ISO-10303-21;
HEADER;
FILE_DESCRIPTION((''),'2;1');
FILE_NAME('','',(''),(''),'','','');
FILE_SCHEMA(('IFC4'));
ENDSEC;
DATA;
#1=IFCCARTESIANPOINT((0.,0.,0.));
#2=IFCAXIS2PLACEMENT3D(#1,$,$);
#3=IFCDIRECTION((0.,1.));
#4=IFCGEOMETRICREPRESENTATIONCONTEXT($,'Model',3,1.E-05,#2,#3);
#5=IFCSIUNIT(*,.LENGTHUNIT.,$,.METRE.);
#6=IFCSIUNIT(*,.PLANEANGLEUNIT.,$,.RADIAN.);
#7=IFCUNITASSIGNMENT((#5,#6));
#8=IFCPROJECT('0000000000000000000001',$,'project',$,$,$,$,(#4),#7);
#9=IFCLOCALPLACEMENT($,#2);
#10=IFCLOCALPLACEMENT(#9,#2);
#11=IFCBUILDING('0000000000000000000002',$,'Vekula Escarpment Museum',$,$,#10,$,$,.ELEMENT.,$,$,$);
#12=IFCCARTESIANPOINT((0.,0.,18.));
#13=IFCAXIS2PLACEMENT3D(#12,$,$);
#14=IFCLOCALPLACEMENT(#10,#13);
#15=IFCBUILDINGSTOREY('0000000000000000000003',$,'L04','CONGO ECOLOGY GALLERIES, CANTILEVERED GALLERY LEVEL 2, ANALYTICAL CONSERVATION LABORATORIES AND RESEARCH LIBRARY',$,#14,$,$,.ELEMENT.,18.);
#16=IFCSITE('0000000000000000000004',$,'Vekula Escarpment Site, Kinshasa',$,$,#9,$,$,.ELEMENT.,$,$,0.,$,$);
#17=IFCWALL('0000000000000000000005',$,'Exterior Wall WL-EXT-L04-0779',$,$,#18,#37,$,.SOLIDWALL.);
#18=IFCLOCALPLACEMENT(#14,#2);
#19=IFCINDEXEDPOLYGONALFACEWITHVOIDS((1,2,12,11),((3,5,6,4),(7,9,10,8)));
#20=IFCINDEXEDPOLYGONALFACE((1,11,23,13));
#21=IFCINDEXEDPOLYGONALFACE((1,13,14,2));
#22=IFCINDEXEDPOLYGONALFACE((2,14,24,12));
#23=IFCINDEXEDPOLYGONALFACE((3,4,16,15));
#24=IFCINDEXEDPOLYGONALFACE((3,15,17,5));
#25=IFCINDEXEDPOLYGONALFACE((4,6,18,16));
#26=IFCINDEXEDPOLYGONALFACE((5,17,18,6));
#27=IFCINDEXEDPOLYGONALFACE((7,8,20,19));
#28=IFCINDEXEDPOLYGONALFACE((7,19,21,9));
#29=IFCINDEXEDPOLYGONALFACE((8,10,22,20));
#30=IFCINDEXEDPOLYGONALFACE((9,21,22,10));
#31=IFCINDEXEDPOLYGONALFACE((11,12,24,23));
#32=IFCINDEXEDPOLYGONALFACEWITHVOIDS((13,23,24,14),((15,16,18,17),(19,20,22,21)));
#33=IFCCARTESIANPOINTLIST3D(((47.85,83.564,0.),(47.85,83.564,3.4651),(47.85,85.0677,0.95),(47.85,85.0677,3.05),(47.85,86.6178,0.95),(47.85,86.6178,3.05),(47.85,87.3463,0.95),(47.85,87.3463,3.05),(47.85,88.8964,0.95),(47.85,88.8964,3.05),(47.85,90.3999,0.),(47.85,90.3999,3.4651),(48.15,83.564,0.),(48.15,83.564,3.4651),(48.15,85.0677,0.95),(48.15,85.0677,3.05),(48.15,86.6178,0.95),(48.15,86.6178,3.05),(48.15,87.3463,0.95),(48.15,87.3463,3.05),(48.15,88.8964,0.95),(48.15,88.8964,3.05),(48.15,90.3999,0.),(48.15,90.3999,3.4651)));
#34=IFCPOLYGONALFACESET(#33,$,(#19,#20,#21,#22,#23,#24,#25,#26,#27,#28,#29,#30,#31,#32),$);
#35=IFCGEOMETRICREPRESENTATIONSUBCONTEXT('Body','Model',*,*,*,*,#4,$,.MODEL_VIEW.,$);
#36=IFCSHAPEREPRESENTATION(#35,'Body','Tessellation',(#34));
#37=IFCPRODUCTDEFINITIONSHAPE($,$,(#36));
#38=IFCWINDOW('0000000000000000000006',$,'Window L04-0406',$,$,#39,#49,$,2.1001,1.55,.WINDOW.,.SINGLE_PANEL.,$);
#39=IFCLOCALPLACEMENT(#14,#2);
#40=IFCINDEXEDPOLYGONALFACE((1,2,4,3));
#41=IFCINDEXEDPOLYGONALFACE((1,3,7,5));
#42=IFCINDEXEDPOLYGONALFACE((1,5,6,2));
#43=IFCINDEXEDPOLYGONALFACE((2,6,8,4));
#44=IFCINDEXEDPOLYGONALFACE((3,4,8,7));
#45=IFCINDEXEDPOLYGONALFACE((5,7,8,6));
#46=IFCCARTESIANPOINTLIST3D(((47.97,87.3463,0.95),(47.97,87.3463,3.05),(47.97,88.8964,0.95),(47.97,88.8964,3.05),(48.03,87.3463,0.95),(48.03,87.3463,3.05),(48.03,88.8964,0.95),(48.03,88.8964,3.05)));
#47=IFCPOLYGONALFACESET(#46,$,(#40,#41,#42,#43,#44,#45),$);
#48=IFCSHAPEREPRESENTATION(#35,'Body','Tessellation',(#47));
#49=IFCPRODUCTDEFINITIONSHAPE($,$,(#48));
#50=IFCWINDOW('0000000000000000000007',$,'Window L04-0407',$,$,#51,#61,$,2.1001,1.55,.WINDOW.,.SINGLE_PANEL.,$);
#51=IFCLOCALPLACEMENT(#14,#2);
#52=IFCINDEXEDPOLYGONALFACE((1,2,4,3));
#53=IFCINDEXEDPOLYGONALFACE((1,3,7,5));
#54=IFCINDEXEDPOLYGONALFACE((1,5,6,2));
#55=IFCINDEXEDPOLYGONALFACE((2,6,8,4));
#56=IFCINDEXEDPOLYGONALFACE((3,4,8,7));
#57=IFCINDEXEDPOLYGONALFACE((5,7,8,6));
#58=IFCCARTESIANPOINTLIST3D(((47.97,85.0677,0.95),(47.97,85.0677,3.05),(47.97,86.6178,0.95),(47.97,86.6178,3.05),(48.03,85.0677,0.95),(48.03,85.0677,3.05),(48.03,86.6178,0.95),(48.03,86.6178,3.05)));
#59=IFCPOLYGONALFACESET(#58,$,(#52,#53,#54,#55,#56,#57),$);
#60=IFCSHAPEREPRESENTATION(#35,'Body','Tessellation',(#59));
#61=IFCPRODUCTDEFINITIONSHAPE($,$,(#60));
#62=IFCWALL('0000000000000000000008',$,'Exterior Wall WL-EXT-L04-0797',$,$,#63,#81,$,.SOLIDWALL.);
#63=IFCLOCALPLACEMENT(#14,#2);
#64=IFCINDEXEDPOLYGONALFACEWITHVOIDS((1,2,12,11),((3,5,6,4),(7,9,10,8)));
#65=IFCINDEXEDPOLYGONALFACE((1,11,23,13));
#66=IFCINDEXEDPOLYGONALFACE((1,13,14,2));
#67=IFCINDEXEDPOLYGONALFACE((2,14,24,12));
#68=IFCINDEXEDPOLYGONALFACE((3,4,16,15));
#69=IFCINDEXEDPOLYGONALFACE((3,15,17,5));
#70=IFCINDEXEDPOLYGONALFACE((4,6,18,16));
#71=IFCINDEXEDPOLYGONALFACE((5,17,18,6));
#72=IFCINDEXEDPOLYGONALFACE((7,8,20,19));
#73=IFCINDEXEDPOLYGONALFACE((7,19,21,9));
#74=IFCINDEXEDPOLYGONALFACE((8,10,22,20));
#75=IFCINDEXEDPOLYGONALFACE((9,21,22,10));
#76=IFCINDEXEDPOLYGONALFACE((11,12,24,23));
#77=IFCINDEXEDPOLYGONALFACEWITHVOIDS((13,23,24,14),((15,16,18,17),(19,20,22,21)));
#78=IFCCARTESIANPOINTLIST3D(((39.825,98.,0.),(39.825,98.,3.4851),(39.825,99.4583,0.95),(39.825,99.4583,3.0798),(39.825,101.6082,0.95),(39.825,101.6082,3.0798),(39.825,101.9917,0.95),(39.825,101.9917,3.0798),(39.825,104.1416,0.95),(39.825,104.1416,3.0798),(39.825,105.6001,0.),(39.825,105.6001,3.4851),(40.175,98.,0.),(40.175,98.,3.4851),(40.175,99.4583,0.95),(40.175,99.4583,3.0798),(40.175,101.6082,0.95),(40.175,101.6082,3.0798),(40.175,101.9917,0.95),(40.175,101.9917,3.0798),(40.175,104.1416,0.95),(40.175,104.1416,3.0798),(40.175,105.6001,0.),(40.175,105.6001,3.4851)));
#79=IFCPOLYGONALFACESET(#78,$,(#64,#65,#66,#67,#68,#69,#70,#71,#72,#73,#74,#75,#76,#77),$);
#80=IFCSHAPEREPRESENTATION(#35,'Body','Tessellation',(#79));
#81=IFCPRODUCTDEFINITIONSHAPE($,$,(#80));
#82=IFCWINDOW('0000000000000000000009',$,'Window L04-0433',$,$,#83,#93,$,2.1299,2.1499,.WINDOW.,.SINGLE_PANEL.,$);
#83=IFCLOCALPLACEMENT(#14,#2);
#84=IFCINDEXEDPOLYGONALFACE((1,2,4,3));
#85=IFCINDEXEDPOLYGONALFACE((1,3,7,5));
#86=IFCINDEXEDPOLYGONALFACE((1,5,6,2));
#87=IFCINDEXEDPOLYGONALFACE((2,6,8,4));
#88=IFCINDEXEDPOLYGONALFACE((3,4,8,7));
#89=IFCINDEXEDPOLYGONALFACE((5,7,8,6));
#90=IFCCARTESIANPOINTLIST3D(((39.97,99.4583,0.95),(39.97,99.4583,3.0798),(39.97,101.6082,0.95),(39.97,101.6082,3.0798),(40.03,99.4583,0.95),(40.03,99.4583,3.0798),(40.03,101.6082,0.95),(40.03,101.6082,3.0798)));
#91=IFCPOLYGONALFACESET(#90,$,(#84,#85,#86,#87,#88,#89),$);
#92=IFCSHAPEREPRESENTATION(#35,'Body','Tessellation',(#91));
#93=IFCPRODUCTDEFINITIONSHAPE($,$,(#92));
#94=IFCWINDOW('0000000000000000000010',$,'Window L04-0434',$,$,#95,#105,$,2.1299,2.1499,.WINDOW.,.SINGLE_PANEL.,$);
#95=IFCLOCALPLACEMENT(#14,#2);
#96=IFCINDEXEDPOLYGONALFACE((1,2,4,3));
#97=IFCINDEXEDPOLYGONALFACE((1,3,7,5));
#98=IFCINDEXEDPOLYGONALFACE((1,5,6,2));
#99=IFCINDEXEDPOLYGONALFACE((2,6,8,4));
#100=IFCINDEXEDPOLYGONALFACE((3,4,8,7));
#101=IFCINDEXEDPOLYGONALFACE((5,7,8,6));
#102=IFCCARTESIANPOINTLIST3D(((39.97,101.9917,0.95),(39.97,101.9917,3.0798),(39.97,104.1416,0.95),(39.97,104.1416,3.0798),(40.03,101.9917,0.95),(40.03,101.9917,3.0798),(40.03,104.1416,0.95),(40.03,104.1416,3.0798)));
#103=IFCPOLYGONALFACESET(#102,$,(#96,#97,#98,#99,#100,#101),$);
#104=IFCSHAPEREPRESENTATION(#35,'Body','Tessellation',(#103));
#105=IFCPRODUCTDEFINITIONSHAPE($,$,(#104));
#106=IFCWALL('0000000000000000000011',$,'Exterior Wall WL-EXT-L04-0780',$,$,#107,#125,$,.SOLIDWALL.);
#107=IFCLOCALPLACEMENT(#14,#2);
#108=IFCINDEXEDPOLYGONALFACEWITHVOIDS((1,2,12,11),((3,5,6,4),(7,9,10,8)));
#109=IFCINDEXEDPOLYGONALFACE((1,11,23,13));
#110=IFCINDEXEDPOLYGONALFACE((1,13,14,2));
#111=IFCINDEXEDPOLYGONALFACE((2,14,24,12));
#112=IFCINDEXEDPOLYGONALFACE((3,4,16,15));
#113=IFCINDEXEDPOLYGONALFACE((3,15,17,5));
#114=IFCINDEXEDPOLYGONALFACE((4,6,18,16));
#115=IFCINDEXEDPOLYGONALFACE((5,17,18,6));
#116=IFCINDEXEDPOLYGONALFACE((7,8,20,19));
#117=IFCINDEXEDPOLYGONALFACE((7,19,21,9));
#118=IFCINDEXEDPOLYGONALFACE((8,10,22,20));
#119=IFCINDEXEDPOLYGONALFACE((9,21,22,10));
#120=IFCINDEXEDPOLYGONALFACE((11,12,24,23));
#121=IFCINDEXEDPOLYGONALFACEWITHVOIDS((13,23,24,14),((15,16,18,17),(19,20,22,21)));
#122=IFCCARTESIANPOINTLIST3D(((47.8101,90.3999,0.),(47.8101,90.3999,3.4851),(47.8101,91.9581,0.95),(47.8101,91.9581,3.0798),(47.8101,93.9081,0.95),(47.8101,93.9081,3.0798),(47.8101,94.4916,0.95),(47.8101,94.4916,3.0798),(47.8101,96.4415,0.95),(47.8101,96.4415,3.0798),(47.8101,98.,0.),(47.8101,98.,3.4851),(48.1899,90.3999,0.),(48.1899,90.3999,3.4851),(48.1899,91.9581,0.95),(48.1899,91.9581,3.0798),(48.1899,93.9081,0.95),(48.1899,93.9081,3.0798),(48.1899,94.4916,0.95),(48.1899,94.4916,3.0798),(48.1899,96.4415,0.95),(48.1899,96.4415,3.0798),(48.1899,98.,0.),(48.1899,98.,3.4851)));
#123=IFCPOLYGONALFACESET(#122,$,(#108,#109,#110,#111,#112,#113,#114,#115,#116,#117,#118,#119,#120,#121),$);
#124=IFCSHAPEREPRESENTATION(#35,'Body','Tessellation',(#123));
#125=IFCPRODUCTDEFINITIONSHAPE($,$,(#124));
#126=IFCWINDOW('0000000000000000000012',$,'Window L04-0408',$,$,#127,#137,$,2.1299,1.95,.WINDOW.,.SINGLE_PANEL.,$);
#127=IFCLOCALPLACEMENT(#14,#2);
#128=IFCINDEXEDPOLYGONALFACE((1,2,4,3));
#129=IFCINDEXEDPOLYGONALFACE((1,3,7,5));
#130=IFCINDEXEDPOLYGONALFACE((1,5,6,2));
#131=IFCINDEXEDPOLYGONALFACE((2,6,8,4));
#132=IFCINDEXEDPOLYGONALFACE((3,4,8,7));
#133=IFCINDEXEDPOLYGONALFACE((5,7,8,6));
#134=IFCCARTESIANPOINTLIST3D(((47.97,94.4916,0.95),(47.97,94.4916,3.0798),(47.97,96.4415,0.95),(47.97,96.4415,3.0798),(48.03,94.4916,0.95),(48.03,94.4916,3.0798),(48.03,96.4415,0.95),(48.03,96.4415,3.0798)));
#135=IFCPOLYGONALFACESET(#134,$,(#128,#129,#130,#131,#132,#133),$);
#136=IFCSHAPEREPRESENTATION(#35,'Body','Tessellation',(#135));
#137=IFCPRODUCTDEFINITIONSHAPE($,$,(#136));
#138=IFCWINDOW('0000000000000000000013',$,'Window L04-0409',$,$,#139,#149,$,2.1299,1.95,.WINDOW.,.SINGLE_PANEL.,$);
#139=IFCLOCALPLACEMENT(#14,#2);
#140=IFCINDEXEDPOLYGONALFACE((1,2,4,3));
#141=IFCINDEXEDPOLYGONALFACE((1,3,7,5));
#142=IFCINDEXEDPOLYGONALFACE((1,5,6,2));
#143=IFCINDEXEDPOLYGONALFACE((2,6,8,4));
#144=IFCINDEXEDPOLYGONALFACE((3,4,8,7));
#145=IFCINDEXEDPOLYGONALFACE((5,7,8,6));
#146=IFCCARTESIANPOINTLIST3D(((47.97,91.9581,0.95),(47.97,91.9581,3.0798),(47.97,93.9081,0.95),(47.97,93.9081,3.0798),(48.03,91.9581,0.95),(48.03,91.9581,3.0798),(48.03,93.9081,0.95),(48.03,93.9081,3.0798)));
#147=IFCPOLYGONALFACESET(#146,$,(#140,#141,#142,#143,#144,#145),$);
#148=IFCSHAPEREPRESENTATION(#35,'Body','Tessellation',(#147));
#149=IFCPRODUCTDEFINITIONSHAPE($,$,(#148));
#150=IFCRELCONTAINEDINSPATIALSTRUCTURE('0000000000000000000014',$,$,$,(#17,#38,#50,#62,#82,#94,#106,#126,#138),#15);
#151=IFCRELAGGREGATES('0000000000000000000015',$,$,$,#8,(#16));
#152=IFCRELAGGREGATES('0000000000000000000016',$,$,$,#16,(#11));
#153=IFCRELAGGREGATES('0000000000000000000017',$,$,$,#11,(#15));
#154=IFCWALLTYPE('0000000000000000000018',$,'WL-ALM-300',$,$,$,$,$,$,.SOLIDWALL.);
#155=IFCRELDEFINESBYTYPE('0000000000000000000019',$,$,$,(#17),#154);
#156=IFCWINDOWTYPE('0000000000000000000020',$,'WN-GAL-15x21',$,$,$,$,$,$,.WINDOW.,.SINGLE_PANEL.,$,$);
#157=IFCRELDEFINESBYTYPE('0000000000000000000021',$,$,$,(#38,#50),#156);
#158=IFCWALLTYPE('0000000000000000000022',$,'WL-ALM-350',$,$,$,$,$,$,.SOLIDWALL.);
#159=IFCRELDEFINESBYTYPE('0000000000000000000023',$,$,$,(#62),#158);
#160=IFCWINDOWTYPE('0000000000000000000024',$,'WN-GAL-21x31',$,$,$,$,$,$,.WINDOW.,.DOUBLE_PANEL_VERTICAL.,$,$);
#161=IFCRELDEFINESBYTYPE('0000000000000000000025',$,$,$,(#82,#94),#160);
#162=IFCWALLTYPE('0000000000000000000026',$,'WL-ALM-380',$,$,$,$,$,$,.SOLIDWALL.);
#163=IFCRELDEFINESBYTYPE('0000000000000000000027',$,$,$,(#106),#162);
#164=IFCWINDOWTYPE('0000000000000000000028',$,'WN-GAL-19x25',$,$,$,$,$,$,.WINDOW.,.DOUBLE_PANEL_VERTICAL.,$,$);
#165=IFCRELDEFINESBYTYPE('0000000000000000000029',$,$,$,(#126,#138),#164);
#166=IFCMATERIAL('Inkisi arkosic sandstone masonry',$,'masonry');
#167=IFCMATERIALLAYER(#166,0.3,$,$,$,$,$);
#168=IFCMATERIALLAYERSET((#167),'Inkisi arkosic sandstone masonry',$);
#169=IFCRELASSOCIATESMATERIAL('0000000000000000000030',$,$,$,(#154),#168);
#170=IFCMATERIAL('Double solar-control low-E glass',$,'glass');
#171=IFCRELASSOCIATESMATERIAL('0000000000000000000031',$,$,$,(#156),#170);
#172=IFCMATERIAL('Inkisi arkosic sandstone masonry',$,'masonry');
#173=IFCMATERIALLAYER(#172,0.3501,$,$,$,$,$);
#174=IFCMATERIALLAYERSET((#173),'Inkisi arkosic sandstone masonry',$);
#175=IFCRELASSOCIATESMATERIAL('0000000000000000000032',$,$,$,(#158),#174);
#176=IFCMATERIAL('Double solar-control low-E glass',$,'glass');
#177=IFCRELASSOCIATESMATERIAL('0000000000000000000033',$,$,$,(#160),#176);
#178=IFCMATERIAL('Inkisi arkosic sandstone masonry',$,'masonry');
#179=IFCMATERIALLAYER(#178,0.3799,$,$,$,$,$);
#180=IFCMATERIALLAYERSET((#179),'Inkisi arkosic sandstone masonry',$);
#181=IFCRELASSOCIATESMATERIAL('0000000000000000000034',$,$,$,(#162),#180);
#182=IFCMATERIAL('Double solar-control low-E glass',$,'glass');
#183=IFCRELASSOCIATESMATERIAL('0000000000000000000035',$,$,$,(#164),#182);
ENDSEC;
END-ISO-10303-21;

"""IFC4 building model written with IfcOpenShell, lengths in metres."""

from ifc_helpers import new_model, si_unit, direction, frame, frame_2d, origin, place, context, subcontext, project, spatial, rectangle, extrude, material, layer, layer_set, type_object, element, fill, save


model = new_model("IFC4")

# Units and contexts
model_context = context("Model", 3, precision=1e-05, world=origin(), true_north=direction((0.0, 1.0)))
body_context = subcontext(model_context, "Body", "Model", "MODEL_VIEW")
ifc_project = project(units=[si_unit("LENGTHUNIT", "METRE"), si_unit("PLANEANGLEUNIT", "RADIAN")], contexts=[model_context])

# Site, building, storey
site_placement = place(None, origin())
site = spatial("IfcSite", under=ifc_project, at=site_placement, Name="Vekula Escarpment Site, Kinshasa", CompositionType="ELEMENT", RefElevation=0.0)
building_placement = place(site_placement, origin())
building = spatial("IfcBuilding", under=site, at=building_placement, Name="Vekula Escarpment Museum", CompositionType="ELEMENT")
storey_placement = place(building_placement, frame((0.0, 0.0, 18.0)))
storey = spatial("IfcBuildingStorey", under=building, at=storey_placement, Name="L04", Description="CONGO ECOLOGY GALLERIES, CANTILEVERED GALLERY LEVEL 2, ANALYTICAL CONSERVATION LABORATORIES AND RESEARCH LIBRARY", CompositionType="ELEMENT", Elevation=18.0)

# Walls, openings, windows
ifc_material_1 = material(Name="Inkisi arkosic sandstone masonry", Category="masonry")
ifc_layer_1 = layer(ifc_material_1, 0.3)
ifc_layer_set_1 = layer_set([ifc_layer_1], Name="Inkisi arkosic sandstone masonry")
wall_type_1 = type_object("IfcWallType", Name="WL-ALM-300", PredefinedType="SOLIDWALL", material=ifc_layer_set_1)
wall_1_placement = place(storey_placement, frame((48.0, 90.3999, 0.0), z_axis=(0.0, 0.0, 1.0), x_axis=(0.0, -1.0, 0.0)))
wall_1 = element("IfcWall", 1, at=wall_1_placement, inside=storey, type_object=wall_type_1, Name="Exterior Wall WL-EXT-L04-0779", PredefinedType="SOLIDWALL", context=body_context, shape_type="SweptSolid", body=[
    extrude(rectangle(XDim=6.8359, YDim=0.3, at=frame_2d((3.418, 0.0))), origin(), (0.0, 0.0, 1.0), 3.4651),
])
opening_1_placement = place(wall_1_placement, frame((1.5037, 0.0, 0.95)))
opening_1 = element("IfcOpeningElement", 2, at=opening_1_placement, cuts=wall_1, PredefinedType="OPENING", context=body_context, shape_type="SweptSolid", body=[
    extrude(rectangle(XDim=1.55, YDim=2.1001, at=frame_2d((0.7749, 1.05))), frame((0.0, 0.1599, 0.0), z_axis=(0.0, -1.0, 0.0), x_axis=(1.0, 0.0, 0.0)), (0.0, 0.0, 1.0), 0.3201),
])
opening_2_placement = place(wall_1_placement, frame((3.7822, 0.0, 0.95)))
opening_2 = element("IfcOpeningElement", 3, at=opening_2_placement, cuts=wall_1, PredefinedType="OPENING", context=body_context, shape_type="SweptSolid", body=[
    extrude(rectangle(XDim=1.55, YDim=2.1001, at=frame_2d((0.7749, 1.05))), frame((0.0, 0.1599, 0.0), z_axis=(0.0, -1.0, 0.0), x_axis=(1.0, 0.0, 0.0)), (0.0, 0.0, 1.0), 0.3201),
])
ifc_material_2 = material(Name="Double solar-control low-E glass", Category="glass")
window_type_1 = type_object("IfcWindowType", Name="WN-GAL-15x21", PartitioningType="SINGLE_PANEL", PredefinedType="WINDOW", material=ifc_material_2)
window_1_placement = place(opening_1_placement, origin())
window_1 = element("IfcWindow", 4, at=window_1_placement, inside=storey, type_object=window_type_1, Name="Window L04-0406", OverallHeight=2.1001, OverallWidth=1.55, PartitioningType="SINGLE_PANEL", PredefinedType="WINDOW", context=body_context, shape_type="SweptSolid", body=[
    extrude(rectangle(XDim=1.55, YDim=2.1001, at=frame_2d((0.7749, 1.05))), frame((0.0, 0.03, 0.0), z_axis=(0.0, -1.0, 0.0), x_axis=(1.0, 0.0, 0.0)), (0.0, 0.0, 1.0), 0.0601),
])
fill(opening_1, window_1)
window_2_placement = place(opening_2_placement, origin())
window_2 = element("IfcWindow", 5, at=window_2_placement, inside=storey, type_object=window_type_1, Name="Window L04-0407", OverallHeight=2.1001, OverallWidth=1.55, PartitioningType="SINGLE_PANEL", PredefinedType="WINDOW", context=body_context, shape_type="SweptSolid", body=[
    extrude(rectangle(XDim=1.55, YDim=2.1001, at=frame_2d((0.7749, 1.05))), frame((0.0, 0.03, 0.0), z_axis=(0.0, -1.0, 0.0), x_axis=(1.0, 0.0, 0.0)), (0.0, 0.0, 1.0), 0.0601),
])
fill(opening_2, window_2)
ifc_material_3 = material(Name="Inkisi arkosic sandstone masonry", Category="masonry")
ifc_layer_2 = layer(ifc_material_3, 0.3501)
ifc_layer_set_2 = layer_set([ifc_layer_2], Name="Inkisi arkosic sandstone masonry")
wall_type_2 = type_object("IfcWallType", Name="WL-ALM-350", PredefinedType="SOLIDWALL", material=ifc_layer_set_2)
wall_2_placement = place(storey_placement, frame((40.0, 98.0, 0.0), z_axis=(0.0, 0.0, 1.0), x_axis=(0.0, 1.0, 0.0)))
wall_2 = element("IfcWall", 6, at=wall_2_placement, inside=storey, type_object=wall_type_2, Name="Exterior Wall WL-EXT-L04-0797", PredefinedType="SOLIDWALL", context=body_context, shape_type="SweptSolid", body=[
    extrude(rectangle(XDim=7.6001, YDim=0.3501, at=frame_2d((3.8, 0.0))), origin(), (0.0, 0.0, 1.0), 3.4851),
])
opening_3_placement = place(wall_2_placement, frame((1.4583, 0.0, 0.95)))
opening_3 = element("IfcOpeningElement", 7, at=opening_3_placement, cuts=wall_2, PredefinedType="OPENING", context=body_context, shape_type="SweptSolid", body=[
    extrude(rectangle(XDim=2.1499, YDim=2.1299, at=frame_2d((1.075, 1.0649))), frame((0.0, 0.1851, 0.0), z_axis=(0.0, -1.0, 0.0), x_axis=(1.0, 0.0, 0.0)), (0.0, 0.0, 1.0), 0.3701),
])
opening_4_placement = place(wall_2_placement, frame((3.9917, 0.0, 0.95)))
opening_4 = element("IfcOpeningElement", 8, at=opening_4_placement, cuts=wall_2, PredefinedType="OPENING", context=body_context, shape_type="SweptSolid", body=[
    extrude(rectangle(XDim=2.1499, YDim=2.1299, at=frame_2d((1.075, 1.0649))), frame((0.0, 0.1851, 0.0), z_axis=(0.0, -1.0, 0.0), x_axis=(1.0, 0.0, 0.0)), (0.0, 0.0, 1.0), 0.3701),
])
ifc_material_4 = material(Name="Double solar-control low-E glass", Category="glass")
window_type_2 = type_object("IfcWindowType", Name="WN-GAL-21x31", PartitioningType="DOUBLE_PANEL_VERTICAL", PredefinedType="WINDOW", material=ifc_material_4)
window_3_placement = place(opening_3_placement, origin())
window_3 = element("IfcWindow", 9, at=window_3_placement, inside=storey, type_object=window_type_2, Name="Window L04-0433", OverallHeight=2.1299, OverallWidth=2.1499, PartitioningType="SINGLE_PANEL", PredefinedType="WINDOW", context=body_context, shape_type="SweptSolid", body=[
    extrude(rectangle(XDim=2.1499, YDim=2.1299, at=frame_2d((1.075, 1.0649))), frame((0.0, 0.03, 0.0), z_axis=(0.0, -1.0, 0.0), x_axis=(1.0, 0.0, 0.0)), (0.0, 0.0, 1.0), 0.0601),
])
fill(opening_3, window_3)
window_4_placement = place(opening_4_placement, origin())
window_4 = element("IfcWindow", 10, at=window_4_placement, inside=storey, type_object=window_type_2, Name="Window L04-0434", OverallHeight=2.1299, OverallWidth=2.1499, PartitioningType="SINGLE_PANEL", PredefinedType="WINDOW", context=body_context, shape_type="SweptSolid", body=[
    extrude(rectangle(XDim=2.1499, YDim=2.1299, at=frame_2d((1.075, 1.0649))), frame((0.0, 0.03, 0.0), z_axis=(0.0, -1.0, 0.0), x_axis=(1.0, 0.0, 0.0)), (0.0, 0.0, 1.0), 0.0601),
])
fill(opening_4, window_4)
ifc_material_5 = material(Name="Inkisi arkosic sandstone masonry", Category="masonry")
ifc_layer_3 = layer(ifc_material_5, 0.3799)
ifc_layer_set_3 = layer_set([ifc_layer_3], Name="Inkisi arkosic sandstone masonry")
wall_type_3 = type_object("IfcWallType", Name="WL-ALM-380", PredefinedType="SOLIDWALL", material=ifc_layer_set_3)
wall_3_placement = place(storey_placement, frame((48.0, 98.0, 0.0), z_axis=(0.0, 0.0, 1.0), x_axis=(0.0, -1.0, 0.0)))
wall_3 = element("IfcWall", 11, at=wall_3_placement, inside=storey, type_object=wall_type_3, Name="Exterior Wall WL-EXT-L04-0780", PredefinedType="SOLIDWALL", context=body_context, shape_type="SweptSolid", body=[
    extrude(rectangle(XDim=7.6001, YDim=0.3799, at=frame_2d((3.8, 0.0))), origin(), (0.0, 0.0, 1.0), 3.4851),
])
opening_5_placement = place(wall_3_placement, frame((1.5583, 0.0, 0.95)))
opening_5 = element("IfcOpeningElement", 12, at=opening_5_placement, cuts=wall_3, PredefinedType="OPENING", context=body_context, shape_type="SweptSolid", body=[
    extrude(rectangle(XDim=1.95, YDim=2.1299, at=frame_2d((0.9751, 1.0649))), frame((0.0, 0.2, 0.0), z_axis=(0.0, -1.0, 0.0), x_axis=(1.0, 0.0, 0.0)), (0.0, 0.0, 1.0), 0.3999),
])
opening_6_placement = place(wall_3_placement, frame((4.0918, 0.0, 0.95)))
opening_6 = element("IfcOpeningElement", 13, at=opening_6_placement, cuts=wall_3, PredefinedType="OPENING", context=body_context, shape_type="SweptSolid", body=[
    extrude(rectangle(XDim=1.95, YDim=2.1299, at=frame_2d((0.9751, 1.0649))), frame((0.0, 0.2, 0.0), z_axis=(0.0, -1.0, 0.0), x_axis=(1.0, 0.0, 0.0)), (0.0, 0.0, 1.0), 0.3999),
])
ifc_material_6 = material(Name="Double solar-control low-E glass", Category="glass")
window_type_3 = type_object("IfcWindowType", Name="WN-GAL-19x25", PartitioningType="DOUBLE_PANEL_VERTICAL", PredefinedType="WINDOW", material=ifc_material_6)
window_5_placement = place(opening_5_placement, origin())
window_5 = element("IfcWindow", 14, at=window_5_placement, inside=storey, type_object=window_type_3, Name="Window L04-0408", OverallHeight=2.1299, OverallWidth=1.95, PartitioningType="SINGLE_PANEL", PredefinedType="WINDOW", context=body_context, shape_type="SweptSolid", body=[
    extrude(rectangle(XDim=1.95, YDim=2.1299, at=frame_2d((0.9751, 1.0649))), frame((0.0, 0.03, 0.0), z_axis=(0.0, -1.0, 0.0), x_axis=(1.0, 0.0, 0.0)), (0.0, 0.0, 1.0), 0.0601),
])
fill(opening_5, window_5)
window_6_placement = place(opening_6_placement, origin())
window_6 = element("IfcWindow", 15, at=window_6_placement, inside=storey, type_object=window_type_3, Name="Window L04-0409", OverallHeight=2.1299, OverallWidth=1.95, PartitioningType="SINGLE_PANEL", PredefinedType="WINDOW", context=body_context, shape_type="SweptSolid", body=[
    extrude(rectangle(XDim=1.95, YDim=2.1299, at=frame_2d((0.9751, 1.0649))), frame((0.0, 0.03, 0.0), z_axis=(0.0, -1.0, 0.0), x_axis=(1.0, 0.0, 0.0)), (0.0, 0.0, 1.0), 0.0601),
])
fill(opening_6, window_6)

save(model, "model.ifc")
